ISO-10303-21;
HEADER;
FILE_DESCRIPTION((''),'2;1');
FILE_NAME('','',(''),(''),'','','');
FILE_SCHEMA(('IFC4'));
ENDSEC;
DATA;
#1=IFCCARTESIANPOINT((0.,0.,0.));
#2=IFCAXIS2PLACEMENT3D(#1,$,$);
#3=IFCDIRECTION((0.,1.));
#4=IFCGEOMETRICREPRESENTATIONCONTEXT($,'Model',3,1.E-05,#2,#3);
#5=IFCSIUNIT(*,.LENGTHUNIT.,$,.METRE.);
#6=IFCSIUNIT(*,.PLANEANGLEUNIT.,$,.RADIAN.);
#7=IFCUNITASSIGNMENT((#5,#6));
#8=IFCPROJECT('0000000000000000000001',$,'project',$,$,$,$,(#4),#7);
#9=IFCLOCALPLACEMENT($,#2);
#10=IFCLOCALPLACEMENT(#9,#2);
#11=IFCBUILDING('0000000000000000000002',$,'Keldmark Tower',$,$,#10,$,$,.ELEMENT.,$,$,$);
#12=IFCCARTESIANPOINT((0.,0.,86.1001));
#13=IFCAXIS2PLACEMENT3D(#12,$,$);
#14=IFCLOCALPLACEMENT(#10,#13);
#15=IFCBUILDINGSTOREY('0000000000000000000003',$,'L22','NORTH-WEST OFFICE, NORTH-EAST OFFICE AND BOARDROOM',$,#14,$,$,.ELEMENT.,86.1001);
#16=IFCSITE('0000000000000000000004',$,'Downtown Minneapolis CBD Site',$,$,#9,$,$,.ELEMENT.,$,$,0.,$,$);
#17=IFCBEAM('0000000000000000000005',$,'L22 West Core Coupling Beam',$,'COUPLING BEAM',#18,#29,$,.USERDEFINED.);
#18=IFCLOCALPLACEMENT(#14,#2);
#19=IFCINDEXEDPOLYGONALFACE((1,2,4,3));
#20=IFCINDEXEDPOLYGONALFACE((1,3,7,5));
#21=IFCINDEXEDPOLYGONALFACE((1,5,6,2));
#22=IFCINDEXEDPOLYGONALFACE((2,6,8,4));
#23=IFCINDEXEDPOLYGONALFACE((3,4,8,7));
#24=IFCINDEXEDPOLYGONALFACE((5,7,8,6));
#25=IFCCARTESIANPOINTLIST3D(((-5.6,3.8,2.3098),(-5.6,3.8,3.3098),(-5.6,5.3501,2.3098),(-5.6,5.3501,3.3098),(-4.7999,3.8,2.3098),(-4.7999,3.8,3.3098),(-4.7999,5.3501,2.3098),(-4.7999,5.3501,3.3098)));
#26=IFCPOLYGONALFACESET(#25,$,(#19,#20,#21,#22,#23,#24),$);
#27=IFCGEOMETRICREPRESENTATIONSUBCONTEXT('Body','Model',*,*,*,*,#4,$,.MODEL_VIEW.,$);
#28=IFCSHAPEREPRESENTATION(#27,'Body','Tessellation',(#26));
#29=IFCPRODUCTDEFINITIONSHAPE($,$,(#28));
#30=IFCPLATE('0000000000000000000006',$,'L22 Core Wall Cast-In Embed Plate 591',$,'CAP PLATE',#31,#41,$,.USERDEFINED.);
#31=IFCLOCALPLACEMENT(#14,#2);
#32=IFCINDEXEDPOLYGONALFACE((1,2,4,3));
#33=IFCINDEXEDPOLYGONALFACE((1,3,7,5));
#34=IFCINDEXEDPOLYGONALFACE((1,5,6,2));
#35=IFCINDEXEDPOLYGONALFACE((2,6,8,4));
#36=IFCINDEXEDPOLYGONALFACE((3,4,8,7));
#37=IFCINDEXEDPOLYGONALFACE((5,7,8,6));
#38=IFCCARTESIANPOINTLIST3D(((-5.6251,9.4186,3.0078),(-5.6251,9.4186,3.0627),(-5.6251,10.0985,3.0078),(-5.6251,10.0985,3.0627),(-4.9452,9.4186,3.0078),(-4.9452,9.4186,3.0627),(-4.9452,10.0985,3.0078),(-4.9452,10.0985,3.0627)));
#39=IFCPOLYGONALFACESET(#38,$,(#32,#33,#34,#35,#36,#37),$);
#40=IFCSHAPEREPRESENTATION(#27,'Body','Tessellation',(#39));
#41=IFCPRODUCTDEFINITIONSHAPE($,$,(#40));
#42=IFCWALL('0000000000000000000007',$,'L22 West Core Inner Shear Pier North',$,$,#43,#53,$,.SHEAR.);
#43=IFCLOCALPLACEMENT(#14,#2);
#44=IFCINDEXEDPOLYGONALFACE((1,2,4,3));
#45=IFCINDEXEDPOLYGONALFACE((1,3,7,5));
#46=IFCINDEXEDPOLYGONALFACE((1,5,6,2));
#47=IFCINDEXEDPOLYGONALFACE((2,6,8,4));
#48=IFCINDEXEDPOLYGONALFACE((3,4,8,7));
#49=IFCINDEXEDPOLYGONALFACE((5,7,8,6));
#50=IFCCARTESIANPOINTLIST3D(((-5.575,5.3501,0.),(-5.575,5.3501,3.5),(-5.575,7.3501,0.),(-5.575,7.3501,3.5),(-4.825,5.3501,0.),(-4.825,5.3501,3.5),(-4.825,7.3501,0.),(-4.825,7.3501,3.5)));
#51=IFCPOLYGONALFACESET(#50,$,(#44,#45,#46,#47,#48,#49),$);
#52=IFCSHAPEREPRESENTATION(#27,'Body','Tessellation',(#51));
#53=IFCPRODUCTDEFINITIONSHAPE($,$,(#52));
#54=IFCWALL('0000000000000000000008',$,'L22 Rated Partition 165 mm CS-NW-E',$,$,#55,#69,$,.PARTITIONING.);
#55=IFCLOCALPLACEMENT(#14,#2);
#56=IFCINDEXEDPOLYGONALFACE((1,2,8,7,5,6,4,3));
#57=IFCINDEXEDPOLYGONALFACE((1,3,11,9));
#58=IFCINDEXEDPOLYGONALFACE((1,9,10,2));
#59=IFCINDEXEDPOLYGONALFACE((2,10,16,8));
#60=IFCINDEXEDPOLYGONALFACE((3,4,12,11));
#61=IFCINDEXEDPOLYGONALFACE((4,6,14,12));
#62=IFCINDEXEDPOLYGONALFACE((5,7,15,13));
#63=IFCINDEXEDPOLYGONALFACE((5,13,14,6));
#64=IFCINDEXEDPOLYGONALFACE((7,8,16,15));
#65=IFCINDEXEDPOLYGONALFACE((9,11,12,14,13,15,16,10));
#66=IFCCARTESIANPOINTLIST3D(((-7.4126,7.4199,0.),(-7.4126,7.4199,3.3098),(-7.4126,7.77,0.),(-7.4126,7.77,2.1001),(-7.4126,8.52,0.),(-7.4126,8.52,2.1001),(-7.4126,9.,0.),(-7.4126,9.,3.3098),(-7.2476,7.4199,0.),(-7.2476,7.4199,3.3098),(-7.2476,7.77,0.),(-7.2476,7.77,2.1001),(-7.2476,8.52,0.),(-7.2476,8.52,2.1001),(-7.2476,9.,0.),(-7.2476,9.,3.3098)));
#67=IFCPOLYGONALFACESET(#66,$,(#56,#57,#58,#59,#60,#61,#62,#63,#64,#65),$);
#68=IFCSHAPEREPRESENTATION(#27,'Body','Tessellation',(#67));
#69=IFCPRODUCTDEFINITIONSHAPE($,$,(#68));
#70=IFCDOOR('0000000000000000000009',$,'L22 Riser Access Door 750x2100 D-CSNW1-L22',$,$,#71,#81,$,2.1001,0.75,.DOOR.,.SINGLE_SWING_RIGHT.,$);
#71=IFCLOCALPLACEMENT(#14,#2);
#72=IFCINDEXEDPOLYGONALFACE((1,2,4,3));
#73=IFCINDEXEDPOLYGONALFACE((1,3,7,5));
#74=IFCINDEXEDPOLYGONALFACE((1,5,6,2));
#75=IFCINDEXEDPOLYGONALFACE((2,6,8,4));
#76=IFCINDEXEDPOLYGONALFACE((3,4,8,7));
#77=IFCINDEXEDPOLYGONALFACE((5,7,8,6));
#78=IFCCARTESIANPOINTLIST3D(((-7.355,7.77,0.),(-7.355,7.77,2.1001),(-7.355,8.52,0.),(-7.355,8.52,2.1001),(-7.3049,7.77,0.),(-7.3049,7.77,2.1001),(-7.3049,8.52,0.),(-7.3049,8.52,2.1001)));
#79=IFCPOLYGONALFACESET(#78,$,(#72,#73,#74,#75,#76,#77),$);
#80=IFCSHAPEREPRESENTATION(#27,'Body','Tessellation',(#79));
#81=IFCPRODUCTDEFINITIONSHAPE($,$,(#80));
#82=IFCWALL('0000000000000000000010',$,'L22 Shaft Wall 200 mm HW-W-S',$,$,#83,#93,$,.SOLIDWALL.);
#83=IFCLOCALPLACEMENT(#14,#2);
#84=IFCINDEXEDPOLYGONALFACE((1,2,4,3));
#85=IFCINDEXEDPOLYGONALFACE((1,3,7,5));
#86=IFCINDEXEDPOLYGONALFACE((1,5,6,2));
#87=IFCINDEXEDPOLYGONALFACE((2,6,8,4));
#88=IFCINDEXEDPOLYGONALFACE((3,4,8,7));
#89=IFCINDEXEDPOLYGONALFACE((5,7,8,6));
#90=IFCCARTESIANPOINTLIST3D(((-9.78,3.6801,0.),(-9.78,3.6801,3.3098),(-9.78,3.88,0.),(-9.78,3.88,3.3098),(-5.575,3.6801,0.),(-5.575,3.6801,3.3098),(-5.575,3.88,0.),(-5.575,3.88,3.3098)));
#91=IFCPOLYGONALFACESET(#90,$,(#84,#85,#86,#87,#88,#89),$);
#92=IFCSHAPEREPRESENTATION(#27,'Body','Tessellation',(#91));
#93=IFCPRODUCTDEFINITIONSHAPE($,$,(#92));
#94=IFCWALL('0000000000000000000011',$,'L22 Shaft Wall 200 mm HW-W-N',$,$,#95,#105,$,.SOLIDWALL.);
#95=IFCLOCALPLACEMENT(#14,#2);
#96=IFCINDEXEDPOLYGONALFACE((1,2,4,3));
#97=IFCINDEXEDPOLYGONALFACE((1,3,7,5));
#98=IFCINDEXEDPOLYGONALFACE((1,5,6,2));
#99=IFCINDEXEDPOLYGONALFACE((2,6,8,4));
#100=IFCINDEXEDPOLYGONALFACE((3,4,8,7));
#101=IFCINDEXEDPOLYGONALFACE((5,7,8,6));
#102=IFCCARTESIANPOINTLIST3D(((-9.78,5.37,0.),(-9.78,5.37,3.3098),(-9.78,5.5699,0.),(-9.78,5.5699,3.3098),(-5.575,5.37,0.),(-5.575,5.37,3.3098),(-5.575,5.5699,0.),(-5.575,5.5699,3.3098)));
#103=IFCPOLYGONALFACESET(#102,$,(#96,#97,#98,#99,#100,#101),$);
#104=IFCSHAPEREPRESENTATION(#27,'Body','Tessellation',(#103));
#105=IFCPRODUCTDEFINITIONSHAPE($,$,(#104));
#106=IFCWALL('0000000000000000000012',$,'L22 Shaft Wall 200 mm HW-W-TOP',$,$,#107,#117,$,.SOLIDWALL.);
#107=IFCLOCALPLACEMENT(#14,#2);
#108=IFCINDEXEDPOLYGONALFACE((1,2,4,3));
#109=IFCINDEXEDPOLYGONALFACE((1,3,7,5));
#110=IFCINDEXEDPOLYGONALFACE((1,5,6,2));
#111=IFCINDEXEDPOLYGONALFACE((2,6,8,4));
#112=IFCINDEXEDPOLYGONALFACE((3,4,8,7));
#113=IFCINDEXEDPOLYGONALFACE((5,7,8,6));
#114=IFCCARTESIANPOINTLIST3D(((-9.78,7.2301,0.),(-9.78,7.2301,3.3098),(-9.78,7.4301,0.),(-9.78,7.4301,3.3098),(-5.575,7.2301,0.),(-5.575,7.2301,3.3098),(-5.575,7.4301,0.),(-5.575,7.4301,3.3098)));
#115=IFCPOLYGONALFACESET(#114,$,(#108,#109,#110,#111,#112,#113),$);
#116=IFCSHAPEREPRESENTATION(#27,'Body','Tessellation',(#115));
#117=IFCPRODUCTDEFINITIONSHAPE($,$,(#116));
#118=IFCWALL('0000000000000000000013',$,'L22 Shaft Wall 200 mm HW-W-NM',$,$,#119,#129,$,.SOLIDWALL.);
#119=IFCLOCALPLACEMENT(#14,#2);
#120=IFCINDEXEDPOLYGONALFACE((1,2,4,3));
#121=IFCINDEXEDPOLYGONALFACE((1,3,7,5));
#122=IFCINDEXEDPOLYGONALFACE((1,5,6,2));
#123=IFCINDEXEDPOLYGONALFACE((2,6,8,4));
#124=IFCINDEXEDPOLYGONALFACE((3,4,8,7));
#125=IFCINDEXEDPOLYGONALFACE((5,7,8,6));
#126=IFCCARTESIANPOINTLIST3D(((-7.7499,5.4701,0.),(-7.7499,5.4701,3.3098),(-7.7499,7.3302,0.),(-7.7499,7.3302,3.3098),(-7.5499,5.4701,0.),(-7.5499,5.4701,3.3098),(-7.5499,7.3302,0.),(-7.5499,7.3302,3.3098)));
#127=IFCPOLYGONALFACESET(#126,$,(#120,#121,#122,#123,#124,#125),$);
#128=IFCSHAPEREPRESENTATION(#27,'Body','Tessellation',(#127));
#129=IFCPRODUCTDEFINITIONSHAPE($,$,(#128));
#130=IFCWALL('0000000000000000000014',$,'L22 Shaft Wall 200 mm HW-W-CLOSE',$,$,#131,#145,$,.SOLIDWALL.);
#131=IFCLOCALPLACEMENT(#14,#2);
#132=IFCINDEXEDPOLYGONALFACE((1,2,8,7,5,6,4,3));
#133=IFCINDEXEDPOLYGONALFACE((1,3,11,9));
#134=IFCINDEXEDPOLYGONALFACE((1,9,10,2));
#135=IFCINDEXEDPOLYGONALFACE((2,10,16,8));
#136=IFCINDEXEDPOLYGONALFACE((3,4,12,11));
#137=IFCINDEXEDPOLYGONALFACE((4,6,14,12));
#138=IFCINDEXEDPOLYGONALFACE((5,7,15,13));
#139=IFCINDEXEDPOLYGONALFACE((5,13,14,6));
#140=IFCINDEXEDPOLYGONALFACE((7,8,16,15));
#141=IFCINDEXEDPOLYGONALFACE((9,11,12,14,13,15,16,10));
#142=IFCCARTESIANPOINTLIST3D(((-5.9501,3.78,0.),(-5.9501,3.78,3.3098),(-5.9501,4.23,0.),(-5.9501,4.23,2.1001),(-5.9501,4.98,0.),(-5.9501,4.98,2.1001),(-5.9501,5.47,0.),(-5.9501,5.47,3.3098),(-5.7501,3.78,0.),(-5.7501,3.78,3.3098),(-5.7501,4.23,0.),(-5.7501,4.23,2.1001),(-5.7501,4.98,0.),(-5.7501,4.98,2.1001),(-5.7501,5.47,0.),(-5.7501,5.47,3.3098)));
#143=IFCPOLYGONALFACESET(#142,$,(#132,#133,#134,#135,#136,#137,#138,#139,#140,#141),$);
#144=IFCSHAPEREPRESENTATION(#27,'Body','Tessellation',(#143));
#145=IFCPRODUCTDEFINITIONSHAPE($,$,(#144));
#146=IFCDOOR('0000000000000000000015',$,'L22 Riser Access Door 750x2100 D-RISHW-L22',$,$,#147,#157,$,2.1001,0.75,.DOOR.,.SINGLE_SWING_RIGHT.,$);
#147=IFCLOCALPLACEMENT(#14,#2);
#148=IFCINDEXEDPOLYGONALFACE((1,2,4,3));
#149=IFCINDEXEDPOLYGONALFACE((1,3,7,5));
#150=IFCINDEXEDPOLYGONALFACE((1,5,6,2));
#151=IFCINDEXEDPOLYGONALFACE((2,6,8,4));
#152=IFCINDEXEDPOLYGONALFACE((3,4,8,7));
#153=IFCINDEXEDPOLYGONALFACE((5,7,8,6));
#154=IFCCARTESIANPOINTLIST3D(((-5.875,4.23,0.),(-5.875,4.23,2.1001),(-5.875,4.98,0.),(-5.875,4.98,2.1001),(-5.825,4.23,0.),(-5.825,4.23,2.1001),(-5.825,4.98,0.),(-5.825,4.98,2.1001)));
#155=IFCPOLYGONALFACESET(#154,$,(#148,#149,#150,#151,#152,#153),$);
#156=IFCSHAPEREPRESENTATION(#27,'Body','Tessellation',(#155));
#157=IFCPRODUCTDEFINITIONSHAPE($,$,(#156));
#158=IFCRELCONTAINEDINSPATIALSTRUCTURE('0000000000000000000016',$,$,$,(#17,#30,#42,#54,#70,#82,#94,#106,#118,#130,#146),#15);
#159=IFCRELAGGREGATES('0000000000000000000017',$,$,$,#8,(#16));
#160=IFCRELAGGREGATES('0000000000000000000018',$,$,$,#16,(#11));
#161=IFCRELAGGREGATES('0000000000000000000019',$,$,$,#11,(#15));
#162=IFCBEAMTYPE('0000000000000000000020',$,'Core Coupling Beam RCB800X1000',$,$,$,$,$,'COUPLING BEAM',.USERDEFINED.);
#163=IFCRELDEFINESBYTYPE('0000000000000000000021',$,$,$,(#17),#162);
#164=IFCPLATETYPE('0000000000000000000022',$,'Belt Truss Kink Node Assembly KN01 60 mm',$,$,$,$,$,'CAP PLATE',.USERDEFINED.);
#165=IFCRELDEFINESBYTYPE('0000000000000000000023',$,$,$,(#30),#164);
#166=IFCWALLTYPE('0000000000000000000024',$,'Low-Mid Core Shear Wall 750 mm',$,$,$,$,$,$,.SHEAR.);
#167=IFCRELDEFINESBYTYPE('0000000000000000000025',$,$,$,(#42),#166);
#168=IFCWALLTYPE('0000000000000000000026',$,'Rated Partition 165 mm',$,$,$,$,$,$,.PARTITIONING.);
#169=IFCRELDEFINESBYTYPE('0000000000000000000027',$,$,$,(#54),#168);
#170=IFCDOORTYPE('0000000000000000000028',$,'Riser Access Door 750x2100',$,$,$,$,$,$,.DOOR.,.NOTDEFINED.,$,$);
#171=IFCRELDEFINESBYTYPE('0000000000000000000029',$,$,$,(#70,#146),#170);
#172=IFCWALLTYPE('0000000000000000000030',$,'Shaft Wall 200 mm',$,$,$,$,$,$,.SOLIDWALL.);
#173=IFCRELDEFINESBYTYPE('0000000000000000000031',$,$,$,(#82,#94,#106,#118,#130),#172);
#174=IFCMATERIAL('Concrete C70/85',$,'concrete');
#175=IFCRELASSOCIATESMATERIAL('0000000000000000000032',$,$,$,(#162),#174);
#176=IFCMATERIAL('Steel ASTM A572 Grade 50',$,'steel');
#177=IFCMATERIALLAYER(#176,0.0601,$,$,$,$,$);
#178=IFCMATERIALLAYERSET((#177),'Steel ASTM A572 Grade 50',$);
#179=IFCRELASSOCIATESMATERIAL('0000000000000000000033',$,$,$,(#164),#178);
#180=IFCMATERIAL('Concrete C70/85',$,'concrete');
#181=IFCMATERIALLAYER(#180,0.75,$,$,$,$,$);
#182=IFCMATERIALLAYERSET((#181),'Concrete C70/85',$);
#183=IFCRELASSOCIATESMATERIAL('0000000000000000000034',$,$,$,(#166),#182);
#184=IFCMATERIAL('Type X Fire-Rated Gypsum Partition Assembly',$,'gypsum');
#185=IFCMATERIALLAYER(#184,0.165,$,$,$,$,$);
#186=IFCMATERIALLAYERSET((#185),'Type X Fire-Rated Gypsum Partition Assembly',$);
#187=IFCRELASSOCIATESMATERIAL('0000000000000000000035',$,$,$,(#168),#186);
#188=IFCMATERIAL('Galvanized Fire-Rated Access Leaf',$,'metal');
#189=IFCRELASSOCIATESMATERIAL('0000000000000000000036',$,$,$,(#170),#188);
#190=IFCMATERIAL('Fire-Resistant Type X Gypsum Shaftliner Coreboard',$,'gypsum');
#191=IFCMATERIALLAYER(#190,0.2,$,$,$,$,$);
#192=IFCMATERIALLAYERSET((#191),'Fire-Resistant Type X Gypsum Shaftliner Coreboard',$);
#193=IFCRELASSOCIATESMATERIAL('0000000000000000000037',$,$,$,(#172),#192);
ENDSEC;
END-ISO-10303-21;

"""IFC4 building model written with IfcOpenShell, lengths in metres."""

from ifc_helpers import new_model, si_unit, direction, frame, frame_2d, origin, origin_2d, place, context, subcontext, project, spatial, rectangle, extrude, material, layer, layer_set, material_profile, profile_set, type_object, element, fill, save


model = new_model("IFC4")

# Units and contexts
model_context = context("Model", 3, precision=1e-05, world=origin(), true_north=direction((0.0, 1.0)))
body_context = subcontext(model_context, "Body", "Model", "MODEL_VIEW")
ifc_project = project(units=[si_unit("LENGTHUNIT", "METRE"), si_unit("PLANEANGLEUNIT", "RADIAN")], contexts=[model_context])

# Site, building, storey
site_placement = place(None, origin())
site = spatial("IfcSite", under=ifc_project, at=site_placement, Name="Downtown Minneapolis CBD Site", CompositionType="ELEMENT", RefElevation=0.0)
building_placement = place(site_placement, origin())
building = spatial("IfcBuilding", under=site, at=building_placement, Name="Keldmark Tower", CompositionType="ELEMENT")
storey_placement = place(building_placement, frame((0.0, 0.0, 86.1001)))
storey = spatial("IfcBuildingStorey", under=building, at=storey_placement, Name="L22", Description="NORTH-WEST OFFICE, NORTH-EAST OFFICE AND BOARDROOM", CompositionType="ELEMENT", Elevation=86.1001)

# Beam
ifc_material_1 = material(Name="Concrete C70/85", Category="concrete")
ifc_material_profile = material_profile(ifc_material_1, rectangle(XDim=0.8, YDim=1.0, at=origin_2d()), Name="RCB800X1000")
ifc_profile_set = profile_set([ifc_material_profile], Name="Concrete C70/85")
beam_type = type_object("IfcBeamType", Name="Core Coupling Beam RCB800X1000", ElementType="COUPLING BEAM", PredefinedType="USERDEFINED", material=ifc_profile_set)
beam_placement = place(storey_placement, frame((-5.2, 3.8, 2.8098), z_axis=(0.0, 1.0, 0.0), x_axis=(-1.0, 0.0, 0.0)))
element("IfcBeam", 1, at=beam_placement, inside=storey, type_object=beam_type, Name="L22 West Core Coupling Beam", ObjectType="COUPLING BEAM", PredefinedType="USERDEFINED", context=body_context, shape_type="SweptSolid", body=[
    extrude(rectangle(XDim=0.8, YDim=1.0, at=origin_2d()), origin(), (0.0, 0.0, 1.0), 1.55),
])

# Plate
ifc_material_2 = material(Name="Steel ASTM A572 Grade 50", Category="steel")
ifc_layer_1 = layer(ifc_material_2, 0.0601)
ifc_layer_set_1 = layer_set([ifc_layer_1], Name="Steel ASTM A572 Grade 50")
plate_type = type_object("IfcPlateType", Name="Belt Truss Kink Node Assembly KN01 60 mm", ElementType="CAP PLATE", PredefinedType="USERDEFINED", material=ifc_layer_set_1)
plate_placement = place(storey_placement, frame((-5.2852, 9.7585, 3.0078), z_axis=(0.0, 0.0, 1.0), x_axis=(1.0, 0.0, 0.0)))
element("IfcPlate", 2, at=plate_placement, inside=storey, type_object=plate_type, Name="L22 Core Wall Cast-In Embed Plate 591", ObjectType="CAP PLATE", PredefinedType="USERDEFINED", context=body_context, shape_type="SweptSolid", body=[
    extrude(rectangle(XDim=0.6799, YDim=0.6799, at=origin_2d()), origin(), (0.0, 0.0, 1.0), 0.0549),
])

# Wall
ifc_material_3 = material(Name="Concrete C70/85", Category="concrete")
ifc_layer_2 = layer(ifc_material_3, 0.75)
ifc_layer_set_2 = layer_set([ifc_layer_2], Name="Concrete C70/85")
wall_type_1 = type_object("IfcWallType", Name="Low-Mid Core Shear Wall 750 mm", PredefinedType="SHEAR", material=ifc_layer_set_2)
wall_1_placement = place(storey_placement, frame((-5.2, 5.3501, 0.0), z_axis=(0.0, 0.0, 1.0), x_axis=(0.0, 1.0, 0.0)))
element("IfcWall", 3, at=wall_1_placement, inside=storey, type_object=wall_type_1, Name="L22 West Core Inner Shear Pier North", PredefinedType="SHEAR", context=body_context, shape_type="SweptSolid", body=[
    extrude(rectangle(XDim=2.0, YDim=0.75, at=frame_2d((1.0, 0.0))), origin(), (0.0, 0.0, 1.0), 3.5),
])

# Wall, opening, door
ifc_material_4 = material(Name="Type X Fire-Rated Gypsum Partition Assembly", Category="gypsum")
ifc_layer_3 = layer(ifc_material_4, 0.165)
ifc_layer_set_3 = layer_set([ifc_layer_3], Name="Type X Fire-Rated Gypsum Partition Assembly")
wall_type_2 = type_object("IfcWallType", Name="Rated Partition 165 mm", PredefinedType="PARTITIONING", material=ifc_layer_set_3)
wall_2_placement = place(storey_placement, frame((-7.3301, 7.4199, 0.0), z_axis=(0.0, 0.0, 1.0), x_axis=(0.0, 1.0, 0.0)))
wall_2 = element("IfcWall", 4, at=wall_2_placement, inside=storey, type_object=wall_type_2, Name="L22 Rated Partition 165 mm CS-NW-E", PredefinedType="PARTITIONING", context=body_context, shape_type="SweptSolid", body=[
    extrude(rectangle(XDim=1.5801, YDim=0.165, at=frame_2d((0.79, 0.0))), origin(), (0.0, 0.0, 1.0), 3.3098),
])
opening_1_placement = place(wall_2_placement, frame((0.3501, 0.0, 0.0)))
opening_1 = element("IfcOpeningElement", 5, at=opening_1_placement, cuts=wall_2, PredefinedType="OPENING", context=body_context, shape_type="SweptSolid", body=[
    extrude(rectangle(XDim=0.75, YDim=2.1001, at=frame_2d((0.375, 1.05))), frame((0.0, 0.0925, 0.0), z_axis=(0.0, -1.0, 0.0), x_axis=(1.0, 0.0, 0.0)), (0.0, 0.0, 1.0), 0.1851),
])
ifc_material_5 = material(Name="Galvanized Fire-Rated Access Leaf", Category="metal")
door_type = type_object("IfcDoorType", Name="Riser Access Door 750x2100", OperationType="NOTDEFINED", PredefinedType="DOOR", material=ifc_material_5)
door_1_placement = place(opening_1_placement, origin())
door_1 = element("IfcDoor", 6, at=door_1_placement, inside=storey, type_object=door_type, Name="L22 Riser Access Door 750x2100 D-CSNW1-L22", OperationType="SINGLE_SWING_RIGHT", OverallHeight=2.1001, OverallWidth=0.75, PredefinedType="DOOR", context=body_context, shape_type="SweptSolid", body=[
    extrude(rectangle(XDim=0.75, YDim=2.1001, at=frame_2d((0.375, 1.05))), frame((0.0, 0.0249, 0.0), z_axis=(0.0, -1.0, 0.0), x_axis=(1.0, 0.0, 0.0)), (0.0, 0.0, 1.0), 0.05),
])
fill(opening_1, door_1)

# Walls
ifc_material_6 = material(Name="Fire-Resistant Type X Gypsum Shaftliner Coreboard", Category="gypsum")
ifc_layer_4 = layer(ifc_material_6, 0.2)
ifc_layer_set_4 = layer_set([ifc_layer_4], Name="Fire-Resistant Type X Gypsum Shaftliner Coreboard")
wall_type_3 = type_object("IfcWallType", Name="Shaft Wall 200 mm", PredefinedType="SOLIDWALL", material=ifc_layer_set_4)
for number, where, z_axis, x_axis, name in (
    (7, (-9.78, 3.78, 0.0), (0.0, 0.0, 1.0), (1.0, 0.0, 0.0), "L22 Shaft Wall 200 mm HW-W-S"),
    (8, (-9.78, 5.47, 0.0), (0.0, 0.0, 1.0), (1.0, 0.0, 0.0), "L22 Shaft Wall 200 mm HW-W-N"),
    (9, (-9.78, 7.3301, 0.0), (0.0, 0.0, 1.0), (1.0, 0.0, 0.0), "L22 Shaft Wall 200 mm HW-W-TOP"),
):
    element("IfcWall", number, at=place(storey_placement, frame(where, z_axis=z_axis, x_axis=x_axis)), inside=storey, type_object=wall_type_3, Name=name, PredefinedType="SOLIDWALL", context=body_context, shape_type="SweptSolid", body=[
        extrude(rectangle(XDim=4.2051, YDim=0.2, at=frame_2d((2.1025, 0.0))), origin(), (0.0, 0.0, 1.0), 3.3098),
    ])
wall_3_placement = place(storey_placement, frame((-7.6499, 5.47, 0.0), z_axis=(0.0, 0.0, 1.0), x_axis=(0.0, 1.0, 0.0)))
element("IfcWall", 10, at=wall_3_placement, inside=storey, type_object=wall_type_3, Name="L22 Shaft Wall 200 mm HW-W-NM", PredefinedType="SOLIDWALL", context=body_context, shape_type="SweptSolid", body=[
    extrude(rectangle(XDim=1.8601, YDim=0.2, at=frame_2d((0.9302, 0.0))), origin(), (0.0, 0.0, 1.0), 3.3098),
])

# Wall, opening, door
wall_4_placement = place(storey_placement, frame((-5.8501, 3.78, 0.0), z_axis=(0.0, 0.0, 1.0), x_axis=(0.0, 1.0, 0.0)))
wall_4 = element("IfcWall", 11, at=wall_4_placement, inside=storey, type_object=wall_type_3, Name="L22 Shaft Wall 200 mm HW-W-CLOSE", PredefinedType="SOLIDWALL", context=body_context, shape_type="SweptSolid", body=[
    extrude(rectangle(XDim=1.6899, YDim=0.2, at=frame_2d((0.845, 0.0))), origin(), (0.0, 0.0, 1.0), 3.3098),
])
opening_2_placement = place(wall_4_placement, frame((0.45, 0.0, 0.0)))
opening_2 = element("IfcOpeningElement", 12, at=opening_2_placement, cuts=wall_4, PredefinedType="OPENING", context=body_context, shape_type="SweptSolid", body=[
    extrude(rectangle(XDim=0.75, YDim=2.1001, at=frame_2d((0.375, 1.05))), frame((0.0, 0.1099, 0.0), z_axis=(0.0, -1.0, 0.0), x_axis=(1.0, 0.0, 0.0)), (0.0, 0.0, 1.0), 0.22),
])
door_2_placement = place(opening_2_placement, origin())
door_2 = element("IfcDoor", 13, at=door_2_placement, inside=storey, type_object=door_type, Name="L22 Riser Access Door 750x2100 D-RISHW-L22", OperationType="SINGLE_SWING_RIGHT", OverallHeight=2.1001, OverallWidth=0.75, PredefinedType="DOOR", context=body_context, shape_type="SweptSolid", body=[
    extrude(rectangle(XDim=0.75, YDim=2.1001, at=frame_2d((0.375, 1.05))), frame((0.0, 0.0249, 0.0), z_axis=(0.0, -1.0, 0.0), x_axis=(1.0, 0.0, 0.0)), (0.0, 0.0, 1.0), 0.05),
])
fill(opening_2, door_2)

save(model, "model.ifc")
